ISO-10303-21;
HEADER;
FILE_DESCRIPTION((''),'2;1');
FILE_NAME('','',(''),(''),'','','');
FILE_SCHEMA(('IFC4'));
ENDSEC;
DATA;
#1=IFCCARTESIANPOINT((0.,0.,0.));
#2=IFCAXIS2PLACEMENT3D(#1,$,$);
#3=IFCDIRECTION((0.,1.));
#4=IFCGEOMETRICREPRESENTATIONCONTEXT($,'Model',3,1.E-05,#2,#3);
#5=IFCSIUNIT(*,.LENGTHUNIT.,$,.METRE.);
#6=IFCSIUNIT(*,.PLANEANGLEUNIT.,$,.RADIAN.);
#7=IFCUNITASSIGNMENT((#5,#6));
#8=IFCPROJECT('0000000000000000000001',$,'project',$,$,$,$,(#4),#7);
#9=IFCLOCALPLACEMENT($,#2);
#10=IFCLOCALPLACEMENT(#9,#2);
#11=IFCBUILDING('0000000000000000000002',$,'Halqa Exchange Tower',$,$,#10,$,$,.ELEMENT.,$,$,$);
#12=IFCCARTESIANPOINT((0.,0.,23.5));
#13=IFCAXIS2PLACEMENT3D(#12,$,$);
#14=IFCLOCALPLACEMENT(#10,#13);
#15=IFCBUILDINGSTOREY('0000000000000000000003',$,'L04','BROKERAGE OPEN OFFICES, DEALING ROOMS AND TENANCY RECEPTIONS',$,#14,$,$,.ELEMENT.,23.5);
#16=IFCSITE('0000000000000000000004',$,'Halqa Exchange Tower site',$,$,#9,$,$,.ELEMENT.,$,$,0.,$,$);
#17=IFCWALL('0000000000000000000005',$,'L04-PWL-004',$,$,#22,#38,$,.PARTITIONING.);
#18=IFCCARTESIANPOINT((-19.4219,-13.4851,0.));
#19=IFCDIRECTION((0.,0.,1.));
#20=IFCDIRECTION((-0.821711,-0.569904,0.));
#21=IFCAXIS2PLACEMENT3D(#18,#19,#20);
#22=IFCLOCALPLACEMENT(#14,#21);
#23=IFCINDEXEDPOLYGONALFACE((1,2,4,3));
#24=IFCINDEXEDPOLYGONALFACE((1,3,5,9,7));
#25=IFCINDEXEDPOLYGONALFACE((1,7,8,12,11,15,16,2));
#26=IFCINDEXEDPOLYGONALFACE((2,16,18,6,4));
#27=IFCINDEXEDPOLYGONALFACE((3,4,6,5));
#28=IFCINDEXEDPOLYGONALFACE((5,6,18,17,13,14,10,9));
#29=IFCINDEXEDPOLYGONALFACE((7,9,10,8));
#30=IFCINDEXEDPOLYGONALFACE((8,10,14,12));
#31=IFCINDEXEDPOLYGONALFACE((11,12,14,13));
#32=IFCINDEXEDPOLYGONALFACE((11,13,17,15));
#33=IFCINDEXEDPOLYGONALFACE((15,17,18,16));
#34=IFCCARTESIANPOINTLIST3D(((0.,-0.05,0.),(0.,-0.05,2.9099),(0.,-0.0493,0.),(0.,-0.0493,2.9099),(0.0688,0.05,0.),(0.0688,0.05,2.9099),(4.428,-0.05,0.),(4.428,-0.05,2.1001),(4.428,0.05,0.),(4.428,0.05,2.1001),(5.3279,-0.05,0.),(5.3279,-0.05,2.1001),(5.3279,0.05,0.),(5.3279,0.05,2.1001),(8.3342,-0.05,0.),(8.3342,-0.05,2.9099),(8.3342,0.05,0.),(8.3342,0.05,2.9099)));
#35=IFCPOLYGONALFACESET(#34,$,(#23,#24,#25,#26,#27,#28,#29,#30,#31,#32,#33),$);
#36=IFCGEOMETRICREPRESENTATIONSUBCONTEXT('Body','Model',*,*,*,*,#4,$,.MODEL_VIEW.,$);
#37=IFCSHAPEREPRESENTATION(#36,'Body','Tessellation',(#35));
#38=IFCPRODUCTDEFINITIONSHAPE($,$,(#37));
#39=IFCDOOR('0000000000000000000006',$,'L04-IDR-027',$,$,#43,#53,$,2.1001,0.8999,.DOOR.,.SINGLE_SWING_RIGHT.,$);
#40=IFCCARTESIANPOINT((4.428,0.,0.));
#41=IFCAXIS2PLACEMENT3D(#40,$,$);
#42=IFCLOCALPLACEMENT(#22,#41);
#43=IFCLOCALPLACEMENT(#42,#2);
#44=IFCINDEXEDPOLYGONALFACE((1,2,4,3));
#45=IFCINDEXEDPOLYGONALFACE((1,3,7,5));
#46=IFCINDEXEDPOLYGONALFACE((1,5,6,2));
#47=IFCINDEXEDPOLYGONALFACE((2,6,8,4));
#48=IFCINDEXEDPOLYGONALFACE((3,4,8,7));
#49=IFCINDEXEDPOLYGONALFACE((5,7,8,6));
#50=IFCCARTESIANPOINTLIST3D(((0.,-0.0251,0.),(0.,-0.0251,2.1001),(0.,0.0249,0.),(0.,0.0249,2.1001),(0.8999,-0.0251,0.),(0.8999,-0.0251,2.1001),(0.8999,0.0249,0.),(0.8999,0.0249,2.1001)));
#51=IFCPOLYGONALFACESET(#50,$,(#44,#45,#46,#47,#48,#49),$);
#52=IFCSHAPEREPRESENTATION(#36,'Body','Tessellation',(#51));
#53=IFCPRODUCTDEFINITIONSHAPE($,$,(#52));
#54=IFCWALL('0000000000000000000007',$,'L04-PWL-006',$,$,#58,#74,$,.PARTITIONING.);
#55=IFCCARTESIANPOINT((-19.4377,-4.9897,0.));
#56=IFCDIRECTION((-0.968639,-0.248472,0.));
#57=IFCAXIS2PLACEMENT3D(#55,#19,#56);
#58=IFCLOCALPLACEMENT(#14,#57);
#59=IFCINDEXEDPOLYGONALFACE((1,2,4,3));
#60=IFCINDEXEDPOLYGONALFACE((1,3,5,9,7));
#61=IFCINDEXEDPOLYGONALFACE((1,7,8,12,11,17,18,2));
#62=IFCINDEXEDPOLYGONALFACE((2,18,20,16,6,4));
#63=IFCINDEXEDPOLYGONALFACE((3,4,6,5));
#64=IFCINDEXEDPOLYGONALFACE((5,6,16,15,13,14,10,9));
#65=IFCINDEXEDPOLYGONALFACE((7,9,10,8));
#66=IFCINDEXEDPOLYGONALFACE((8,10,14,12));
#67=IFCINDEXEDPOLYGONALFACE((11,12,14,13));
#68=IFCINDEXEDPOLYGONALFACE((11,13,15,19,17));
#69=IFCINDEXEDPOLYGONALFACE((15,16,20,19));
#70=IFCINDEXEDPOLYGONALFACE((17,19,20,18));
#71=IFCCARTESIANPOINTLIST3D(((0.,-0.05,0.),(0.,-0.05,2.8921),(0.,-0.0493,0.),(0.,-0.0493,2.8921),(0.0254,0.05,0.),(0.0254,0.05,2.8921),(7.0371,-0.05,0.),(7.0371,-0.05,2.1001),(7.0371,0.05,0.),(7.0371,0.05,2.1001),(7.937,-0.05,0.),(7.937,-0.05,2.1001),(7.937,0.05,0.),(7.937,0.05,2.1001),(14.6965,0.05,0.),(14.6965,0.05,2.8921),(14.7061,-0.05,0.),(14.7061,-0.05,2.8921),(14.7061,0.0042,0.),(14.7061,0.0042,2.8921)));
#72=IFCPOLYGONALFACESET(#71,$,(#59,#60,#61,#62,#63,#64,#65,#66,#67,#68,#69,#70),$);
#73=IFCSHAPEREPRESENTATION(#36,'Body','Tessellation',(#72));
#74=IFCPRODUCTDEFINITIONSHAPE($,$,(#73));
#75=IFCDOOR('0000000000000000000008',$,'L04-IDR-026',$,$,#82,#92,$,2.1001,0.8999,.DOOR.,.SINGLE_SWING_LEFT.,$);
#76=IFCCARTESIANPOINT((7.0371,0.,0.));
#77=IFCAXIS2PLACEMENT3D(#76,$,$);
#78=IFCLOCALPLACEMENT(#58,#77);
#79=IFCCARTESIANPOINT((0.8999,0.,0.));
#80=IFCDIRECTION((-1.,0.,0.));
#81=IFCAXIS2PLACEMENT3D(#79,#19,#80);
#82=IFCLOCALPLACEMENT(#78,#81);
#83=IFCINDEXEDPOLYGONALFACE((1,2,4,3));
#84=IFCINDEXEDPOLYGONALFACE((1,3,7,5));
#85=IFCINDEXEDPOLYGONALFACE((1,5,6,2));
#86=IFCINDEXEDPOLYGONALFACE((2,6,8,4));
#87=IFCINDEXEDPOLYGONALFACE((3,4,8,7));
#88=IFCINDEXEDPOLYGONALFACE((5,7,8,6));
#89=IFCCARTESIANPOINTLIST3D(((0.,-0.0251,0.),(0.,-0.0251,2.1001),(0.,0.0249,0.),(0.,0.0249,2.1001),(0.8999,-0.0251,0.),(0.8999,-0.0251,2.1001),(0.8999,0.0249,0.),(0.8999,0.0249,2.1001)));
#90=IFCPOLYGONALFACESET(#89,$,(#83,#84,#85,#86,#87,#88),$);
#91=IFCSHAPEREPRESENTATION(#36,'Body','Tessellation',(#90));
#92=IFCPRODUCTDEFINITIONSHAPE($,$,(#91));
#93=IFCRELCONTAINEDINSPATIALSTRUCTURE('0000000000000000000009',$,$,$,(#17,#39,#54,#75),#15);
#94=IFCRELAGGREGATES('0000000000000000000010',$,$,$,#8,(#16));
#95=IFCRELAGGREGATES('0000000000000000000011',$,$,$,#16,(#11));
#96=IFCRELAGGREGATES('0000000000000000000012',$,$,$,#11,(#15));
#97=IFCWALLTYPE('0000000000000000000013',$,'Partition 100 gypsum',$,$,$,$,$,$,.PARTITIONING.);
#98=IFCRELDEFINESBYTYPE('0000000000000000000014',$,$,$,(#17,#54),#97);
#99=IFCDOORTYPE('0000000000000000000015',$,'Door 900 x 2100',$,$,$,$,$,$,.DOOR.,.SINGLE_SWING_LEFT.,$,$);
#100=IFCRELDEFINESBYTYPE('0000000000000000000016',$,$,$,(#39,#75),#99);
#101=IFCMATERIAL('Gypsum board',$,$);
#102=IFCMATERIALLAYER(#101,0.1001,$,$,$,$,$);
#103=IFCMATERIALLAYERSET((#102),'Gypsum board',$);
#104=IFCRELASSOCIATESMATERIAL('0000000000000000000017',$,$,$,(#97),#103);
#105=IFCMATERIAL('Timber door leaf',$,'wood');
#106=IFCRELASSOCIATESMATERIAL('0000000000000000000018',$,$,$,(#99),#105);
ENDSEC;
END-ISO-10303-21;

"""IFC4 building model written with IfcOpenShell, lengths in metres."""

from ifc_helpers import new_model, si_unit, direction, frame, frame_2d, origin, place, context, subcontext, project, spatial, polyline, rectangle, outline, extrude, material, layer, layer_set, type_object, element, fill, save


model = new_model("IFC4")

# Units and contexts
model_context = context("Model", 3, precision=1e-05, world=origin(), true_north=direction((0.0, 1.0)))
body_context = subcontext(model_context, "Body", "Model", "MODEL_VIEW")
ifc_project = project(units=[si_unit("LENGTHUNIT", "METRE"), si_unit("PLANEANGLEUNIT", "RADIAN")], contexts=[model_context])

# Site, building, storey
site_placement = place(None, origin())
site = spatial("IfcSite", under=ifc_project, at=site_placement, Name="Halqa Exchange Tower site", CompositionType="ELEMENT", RefElevation=0.0)
building_placement = place(site_placement, origin())
building = spatial("IfcBuilding", under=site, at=building_placement, Name="Halqa Exchange Tower", CompositionType="ELEMENT")
storey_placement = place(building_placement, frame((0.0, 0.0, 23.5)))
storey = spatial("IfcBuildingStorey", under=building, at=storey_placement, Name="L04", Description="BROKERAGE OPEN OFFICES, DEALING ROOMS AND TENANCY RECEPTIONS", CompositionType="ELEMENT", Elevation=23.5)

# Wall, opening, door
ifc_material_1 = material(Name="Gypsum board")
ifc_layer_1 = layer(ifc_material_1, 0.1001)
ifc_layer_set_1 = layer_set([ifc_layer_1], Name="Gypsum board")
wall_type_1 = type_object("IfcWallType", Name="Partition 100 gypsum", PredefinedType="PARTITIONING", material=ifc_layer_set_1)
wall_1_placement = place(storey_placement, frame((-19.4219, -13.4851, 0.0), z_axis=(0.0, 0.0, 1.0), x_axis=(-0.821711, -0.569904, 0.0)))
wall_1 = element("IfcWall", 1, at=wall_1_placement, inside=storey, type_object=wall_type_1, Name="L04-PWL-004", PredefinedType="PARTITIONING", context=body_context, shape_type="SweptSolid", body=[
    extrude(outline(polyline([(8.3342, 0.05), (6.6812, 0.05), (5.0281, 0.05), (3.375, 0.05), (1.7219, 0.05), (0.0688, 0.05), (0.0, -0.0493), (0.0, -0.05), (1.6667, -0.05), (3.3337, -0.05), (5.0005, -0.05), (6.6675, -0.05), (8.3342, -0.05), (8.3342, 0.05)])), origin(), (0.0, 0.0, 1.0), 2.9099),
])
opening_1_placement = place(wall_1_placement, frame((4.428, 0.0, 0.0)))
opening_1 = element("IfcOpeningElement", 2, at=opening_1_placement, cuts=wall_1, PredefinedType="OPENING", context=body_context, shape_type="SweptSolid", body=[
    extrude(rectangle(XDim=0.8999, YDim=2.1001, at=frame_2d((0.45, 1.05))), frame((0.0, 0.062, 0.0), z_axis=(0.0, -1.0, 0.0), x_axis=(1.0, 0.0, 0.0)), (0.0, 0.0, 1.0), 0.124),
])
ifc_material_2 = material(Name="Timber door leaf", Category="wood")
door_type_1 = type_object("IfcDoorType", Name="Door 900 x 2100", OperationType="SINGLE_SWING_LEFT", PredefinedType="DOOR", material=ifc_material_2)
door_1_placement = place(opening_1_placement, origin())
door_1 = element("IfcDoor", 3, at=door_1_placement, inside=storey, type_object=door_type_1, Name="L04-IDR-027", OperationType="SINGLE_SWING_RIGHT", OverallHeight=2.1001, OverallWidth=0.8999, PredefinedType="DOOR", context=body_context, shape_type="SweptSolid", body=[
    extrude(rectangle(XDim=0.8999, YDim=2.1001, at=frame_2d((0.45, 1.05))), frame((0.0, 0.0249, 0.0), z_axis=(0.0, -1.0, 0.0), x_axis=(1.0, 0.0, 0.0)), (0.0, 0.0, 1.0), 0.05),
])
fill(opening_1, door_1)

# Wall, opening, door
wall_2_placement = place(storey_placement, frame((-19.4377, -4.9897, 0.0), z_axis=(0.0, 0.0, 1.0), x_axis=(-0.968639, -0.248472, 0.0)))
wall_2 = element("IfcWall", 4, at=wall_2_placement, inside=storey, type_object=wall_type_1, Name="L04-PWL-006", PredefinedType="PARTITIONING", context=body_context, shape_type="SweptSolid", body=[
    extrude(outline(polyline([(14.7061, -0.05), (14.7061, 0.0042), (14.6965, 0.05), (12.8625, 0.05), (11.0288, 0.05), (9.1948, 0.05), (7.3611, 0.05), (5.5271, 0.05), (3.6934, 0.05), (1.8594, 0.05), (0.0254, 0.05), (0.0, -0.0493), (0.0, -0.05), (1.8384, -0.05), (3.6765, -0.05), (5.5146, -0.05), (7.353, -0.05), (9.1914, -0.05), (11.0295, -0.05), (12.8677, -0.05), (14.7061, -0.05)])), origin(), (0.0, 0.0, 1.0), 2.8921),
])
opening_2_placement = place(wall_2_placement, frame((7.0371, 0.0, 0.0)))
opening_2 = element("IfcOpeningElement", 5, at=opening_2_placement, cuts=wall_2, PredefinedType="OPENING", context=body_context, shape_type="SweptSolid", body=[
    extrude(rectangle(XDim=0.8999, YDim=2.1001, at=frame_2d((0.45, 1.05))), frame((0.0, 0.062, 0.0), z_axis=(0.0, -1.0, 0.0), x_axis=(1.0, 0.0, 0.0)), (0.0, 0.0, 1.0), 0.124),
])
door_2_placement = place(opening_2_placement, frame((0.8999, 0.0, 0.0), z_axis=(0.0, 0.0, 1.0), x_axis=(-1.0, 0.0, 0.0)))
door_2 = element("IfcDoor", 6, at=door_2_placement, inside=storey, type_object=door_type_1, Name="L04-IDR-026", OperationType="SINGLE_SWING_LEFT", OverallHeight=2.1001, OverallWidth=0.8999, PredefinedType="DOOR", context=body_context, shape_type="SweptSolid", body=[
    extrude(rectangle(XDim=0.8999, YDim=2.1001, at=frame_2d((0.45, 1.05))), frame((0.0, 0.0249, 0.0), z_axis=(0.0, -1.0, 0.0), x_axis=(1.0, 0.0, 0.0)), (0.0, 0.0, 1.0), 0.05),
])
fill(opening_2, door_2)

save(model, "model.ifc")
